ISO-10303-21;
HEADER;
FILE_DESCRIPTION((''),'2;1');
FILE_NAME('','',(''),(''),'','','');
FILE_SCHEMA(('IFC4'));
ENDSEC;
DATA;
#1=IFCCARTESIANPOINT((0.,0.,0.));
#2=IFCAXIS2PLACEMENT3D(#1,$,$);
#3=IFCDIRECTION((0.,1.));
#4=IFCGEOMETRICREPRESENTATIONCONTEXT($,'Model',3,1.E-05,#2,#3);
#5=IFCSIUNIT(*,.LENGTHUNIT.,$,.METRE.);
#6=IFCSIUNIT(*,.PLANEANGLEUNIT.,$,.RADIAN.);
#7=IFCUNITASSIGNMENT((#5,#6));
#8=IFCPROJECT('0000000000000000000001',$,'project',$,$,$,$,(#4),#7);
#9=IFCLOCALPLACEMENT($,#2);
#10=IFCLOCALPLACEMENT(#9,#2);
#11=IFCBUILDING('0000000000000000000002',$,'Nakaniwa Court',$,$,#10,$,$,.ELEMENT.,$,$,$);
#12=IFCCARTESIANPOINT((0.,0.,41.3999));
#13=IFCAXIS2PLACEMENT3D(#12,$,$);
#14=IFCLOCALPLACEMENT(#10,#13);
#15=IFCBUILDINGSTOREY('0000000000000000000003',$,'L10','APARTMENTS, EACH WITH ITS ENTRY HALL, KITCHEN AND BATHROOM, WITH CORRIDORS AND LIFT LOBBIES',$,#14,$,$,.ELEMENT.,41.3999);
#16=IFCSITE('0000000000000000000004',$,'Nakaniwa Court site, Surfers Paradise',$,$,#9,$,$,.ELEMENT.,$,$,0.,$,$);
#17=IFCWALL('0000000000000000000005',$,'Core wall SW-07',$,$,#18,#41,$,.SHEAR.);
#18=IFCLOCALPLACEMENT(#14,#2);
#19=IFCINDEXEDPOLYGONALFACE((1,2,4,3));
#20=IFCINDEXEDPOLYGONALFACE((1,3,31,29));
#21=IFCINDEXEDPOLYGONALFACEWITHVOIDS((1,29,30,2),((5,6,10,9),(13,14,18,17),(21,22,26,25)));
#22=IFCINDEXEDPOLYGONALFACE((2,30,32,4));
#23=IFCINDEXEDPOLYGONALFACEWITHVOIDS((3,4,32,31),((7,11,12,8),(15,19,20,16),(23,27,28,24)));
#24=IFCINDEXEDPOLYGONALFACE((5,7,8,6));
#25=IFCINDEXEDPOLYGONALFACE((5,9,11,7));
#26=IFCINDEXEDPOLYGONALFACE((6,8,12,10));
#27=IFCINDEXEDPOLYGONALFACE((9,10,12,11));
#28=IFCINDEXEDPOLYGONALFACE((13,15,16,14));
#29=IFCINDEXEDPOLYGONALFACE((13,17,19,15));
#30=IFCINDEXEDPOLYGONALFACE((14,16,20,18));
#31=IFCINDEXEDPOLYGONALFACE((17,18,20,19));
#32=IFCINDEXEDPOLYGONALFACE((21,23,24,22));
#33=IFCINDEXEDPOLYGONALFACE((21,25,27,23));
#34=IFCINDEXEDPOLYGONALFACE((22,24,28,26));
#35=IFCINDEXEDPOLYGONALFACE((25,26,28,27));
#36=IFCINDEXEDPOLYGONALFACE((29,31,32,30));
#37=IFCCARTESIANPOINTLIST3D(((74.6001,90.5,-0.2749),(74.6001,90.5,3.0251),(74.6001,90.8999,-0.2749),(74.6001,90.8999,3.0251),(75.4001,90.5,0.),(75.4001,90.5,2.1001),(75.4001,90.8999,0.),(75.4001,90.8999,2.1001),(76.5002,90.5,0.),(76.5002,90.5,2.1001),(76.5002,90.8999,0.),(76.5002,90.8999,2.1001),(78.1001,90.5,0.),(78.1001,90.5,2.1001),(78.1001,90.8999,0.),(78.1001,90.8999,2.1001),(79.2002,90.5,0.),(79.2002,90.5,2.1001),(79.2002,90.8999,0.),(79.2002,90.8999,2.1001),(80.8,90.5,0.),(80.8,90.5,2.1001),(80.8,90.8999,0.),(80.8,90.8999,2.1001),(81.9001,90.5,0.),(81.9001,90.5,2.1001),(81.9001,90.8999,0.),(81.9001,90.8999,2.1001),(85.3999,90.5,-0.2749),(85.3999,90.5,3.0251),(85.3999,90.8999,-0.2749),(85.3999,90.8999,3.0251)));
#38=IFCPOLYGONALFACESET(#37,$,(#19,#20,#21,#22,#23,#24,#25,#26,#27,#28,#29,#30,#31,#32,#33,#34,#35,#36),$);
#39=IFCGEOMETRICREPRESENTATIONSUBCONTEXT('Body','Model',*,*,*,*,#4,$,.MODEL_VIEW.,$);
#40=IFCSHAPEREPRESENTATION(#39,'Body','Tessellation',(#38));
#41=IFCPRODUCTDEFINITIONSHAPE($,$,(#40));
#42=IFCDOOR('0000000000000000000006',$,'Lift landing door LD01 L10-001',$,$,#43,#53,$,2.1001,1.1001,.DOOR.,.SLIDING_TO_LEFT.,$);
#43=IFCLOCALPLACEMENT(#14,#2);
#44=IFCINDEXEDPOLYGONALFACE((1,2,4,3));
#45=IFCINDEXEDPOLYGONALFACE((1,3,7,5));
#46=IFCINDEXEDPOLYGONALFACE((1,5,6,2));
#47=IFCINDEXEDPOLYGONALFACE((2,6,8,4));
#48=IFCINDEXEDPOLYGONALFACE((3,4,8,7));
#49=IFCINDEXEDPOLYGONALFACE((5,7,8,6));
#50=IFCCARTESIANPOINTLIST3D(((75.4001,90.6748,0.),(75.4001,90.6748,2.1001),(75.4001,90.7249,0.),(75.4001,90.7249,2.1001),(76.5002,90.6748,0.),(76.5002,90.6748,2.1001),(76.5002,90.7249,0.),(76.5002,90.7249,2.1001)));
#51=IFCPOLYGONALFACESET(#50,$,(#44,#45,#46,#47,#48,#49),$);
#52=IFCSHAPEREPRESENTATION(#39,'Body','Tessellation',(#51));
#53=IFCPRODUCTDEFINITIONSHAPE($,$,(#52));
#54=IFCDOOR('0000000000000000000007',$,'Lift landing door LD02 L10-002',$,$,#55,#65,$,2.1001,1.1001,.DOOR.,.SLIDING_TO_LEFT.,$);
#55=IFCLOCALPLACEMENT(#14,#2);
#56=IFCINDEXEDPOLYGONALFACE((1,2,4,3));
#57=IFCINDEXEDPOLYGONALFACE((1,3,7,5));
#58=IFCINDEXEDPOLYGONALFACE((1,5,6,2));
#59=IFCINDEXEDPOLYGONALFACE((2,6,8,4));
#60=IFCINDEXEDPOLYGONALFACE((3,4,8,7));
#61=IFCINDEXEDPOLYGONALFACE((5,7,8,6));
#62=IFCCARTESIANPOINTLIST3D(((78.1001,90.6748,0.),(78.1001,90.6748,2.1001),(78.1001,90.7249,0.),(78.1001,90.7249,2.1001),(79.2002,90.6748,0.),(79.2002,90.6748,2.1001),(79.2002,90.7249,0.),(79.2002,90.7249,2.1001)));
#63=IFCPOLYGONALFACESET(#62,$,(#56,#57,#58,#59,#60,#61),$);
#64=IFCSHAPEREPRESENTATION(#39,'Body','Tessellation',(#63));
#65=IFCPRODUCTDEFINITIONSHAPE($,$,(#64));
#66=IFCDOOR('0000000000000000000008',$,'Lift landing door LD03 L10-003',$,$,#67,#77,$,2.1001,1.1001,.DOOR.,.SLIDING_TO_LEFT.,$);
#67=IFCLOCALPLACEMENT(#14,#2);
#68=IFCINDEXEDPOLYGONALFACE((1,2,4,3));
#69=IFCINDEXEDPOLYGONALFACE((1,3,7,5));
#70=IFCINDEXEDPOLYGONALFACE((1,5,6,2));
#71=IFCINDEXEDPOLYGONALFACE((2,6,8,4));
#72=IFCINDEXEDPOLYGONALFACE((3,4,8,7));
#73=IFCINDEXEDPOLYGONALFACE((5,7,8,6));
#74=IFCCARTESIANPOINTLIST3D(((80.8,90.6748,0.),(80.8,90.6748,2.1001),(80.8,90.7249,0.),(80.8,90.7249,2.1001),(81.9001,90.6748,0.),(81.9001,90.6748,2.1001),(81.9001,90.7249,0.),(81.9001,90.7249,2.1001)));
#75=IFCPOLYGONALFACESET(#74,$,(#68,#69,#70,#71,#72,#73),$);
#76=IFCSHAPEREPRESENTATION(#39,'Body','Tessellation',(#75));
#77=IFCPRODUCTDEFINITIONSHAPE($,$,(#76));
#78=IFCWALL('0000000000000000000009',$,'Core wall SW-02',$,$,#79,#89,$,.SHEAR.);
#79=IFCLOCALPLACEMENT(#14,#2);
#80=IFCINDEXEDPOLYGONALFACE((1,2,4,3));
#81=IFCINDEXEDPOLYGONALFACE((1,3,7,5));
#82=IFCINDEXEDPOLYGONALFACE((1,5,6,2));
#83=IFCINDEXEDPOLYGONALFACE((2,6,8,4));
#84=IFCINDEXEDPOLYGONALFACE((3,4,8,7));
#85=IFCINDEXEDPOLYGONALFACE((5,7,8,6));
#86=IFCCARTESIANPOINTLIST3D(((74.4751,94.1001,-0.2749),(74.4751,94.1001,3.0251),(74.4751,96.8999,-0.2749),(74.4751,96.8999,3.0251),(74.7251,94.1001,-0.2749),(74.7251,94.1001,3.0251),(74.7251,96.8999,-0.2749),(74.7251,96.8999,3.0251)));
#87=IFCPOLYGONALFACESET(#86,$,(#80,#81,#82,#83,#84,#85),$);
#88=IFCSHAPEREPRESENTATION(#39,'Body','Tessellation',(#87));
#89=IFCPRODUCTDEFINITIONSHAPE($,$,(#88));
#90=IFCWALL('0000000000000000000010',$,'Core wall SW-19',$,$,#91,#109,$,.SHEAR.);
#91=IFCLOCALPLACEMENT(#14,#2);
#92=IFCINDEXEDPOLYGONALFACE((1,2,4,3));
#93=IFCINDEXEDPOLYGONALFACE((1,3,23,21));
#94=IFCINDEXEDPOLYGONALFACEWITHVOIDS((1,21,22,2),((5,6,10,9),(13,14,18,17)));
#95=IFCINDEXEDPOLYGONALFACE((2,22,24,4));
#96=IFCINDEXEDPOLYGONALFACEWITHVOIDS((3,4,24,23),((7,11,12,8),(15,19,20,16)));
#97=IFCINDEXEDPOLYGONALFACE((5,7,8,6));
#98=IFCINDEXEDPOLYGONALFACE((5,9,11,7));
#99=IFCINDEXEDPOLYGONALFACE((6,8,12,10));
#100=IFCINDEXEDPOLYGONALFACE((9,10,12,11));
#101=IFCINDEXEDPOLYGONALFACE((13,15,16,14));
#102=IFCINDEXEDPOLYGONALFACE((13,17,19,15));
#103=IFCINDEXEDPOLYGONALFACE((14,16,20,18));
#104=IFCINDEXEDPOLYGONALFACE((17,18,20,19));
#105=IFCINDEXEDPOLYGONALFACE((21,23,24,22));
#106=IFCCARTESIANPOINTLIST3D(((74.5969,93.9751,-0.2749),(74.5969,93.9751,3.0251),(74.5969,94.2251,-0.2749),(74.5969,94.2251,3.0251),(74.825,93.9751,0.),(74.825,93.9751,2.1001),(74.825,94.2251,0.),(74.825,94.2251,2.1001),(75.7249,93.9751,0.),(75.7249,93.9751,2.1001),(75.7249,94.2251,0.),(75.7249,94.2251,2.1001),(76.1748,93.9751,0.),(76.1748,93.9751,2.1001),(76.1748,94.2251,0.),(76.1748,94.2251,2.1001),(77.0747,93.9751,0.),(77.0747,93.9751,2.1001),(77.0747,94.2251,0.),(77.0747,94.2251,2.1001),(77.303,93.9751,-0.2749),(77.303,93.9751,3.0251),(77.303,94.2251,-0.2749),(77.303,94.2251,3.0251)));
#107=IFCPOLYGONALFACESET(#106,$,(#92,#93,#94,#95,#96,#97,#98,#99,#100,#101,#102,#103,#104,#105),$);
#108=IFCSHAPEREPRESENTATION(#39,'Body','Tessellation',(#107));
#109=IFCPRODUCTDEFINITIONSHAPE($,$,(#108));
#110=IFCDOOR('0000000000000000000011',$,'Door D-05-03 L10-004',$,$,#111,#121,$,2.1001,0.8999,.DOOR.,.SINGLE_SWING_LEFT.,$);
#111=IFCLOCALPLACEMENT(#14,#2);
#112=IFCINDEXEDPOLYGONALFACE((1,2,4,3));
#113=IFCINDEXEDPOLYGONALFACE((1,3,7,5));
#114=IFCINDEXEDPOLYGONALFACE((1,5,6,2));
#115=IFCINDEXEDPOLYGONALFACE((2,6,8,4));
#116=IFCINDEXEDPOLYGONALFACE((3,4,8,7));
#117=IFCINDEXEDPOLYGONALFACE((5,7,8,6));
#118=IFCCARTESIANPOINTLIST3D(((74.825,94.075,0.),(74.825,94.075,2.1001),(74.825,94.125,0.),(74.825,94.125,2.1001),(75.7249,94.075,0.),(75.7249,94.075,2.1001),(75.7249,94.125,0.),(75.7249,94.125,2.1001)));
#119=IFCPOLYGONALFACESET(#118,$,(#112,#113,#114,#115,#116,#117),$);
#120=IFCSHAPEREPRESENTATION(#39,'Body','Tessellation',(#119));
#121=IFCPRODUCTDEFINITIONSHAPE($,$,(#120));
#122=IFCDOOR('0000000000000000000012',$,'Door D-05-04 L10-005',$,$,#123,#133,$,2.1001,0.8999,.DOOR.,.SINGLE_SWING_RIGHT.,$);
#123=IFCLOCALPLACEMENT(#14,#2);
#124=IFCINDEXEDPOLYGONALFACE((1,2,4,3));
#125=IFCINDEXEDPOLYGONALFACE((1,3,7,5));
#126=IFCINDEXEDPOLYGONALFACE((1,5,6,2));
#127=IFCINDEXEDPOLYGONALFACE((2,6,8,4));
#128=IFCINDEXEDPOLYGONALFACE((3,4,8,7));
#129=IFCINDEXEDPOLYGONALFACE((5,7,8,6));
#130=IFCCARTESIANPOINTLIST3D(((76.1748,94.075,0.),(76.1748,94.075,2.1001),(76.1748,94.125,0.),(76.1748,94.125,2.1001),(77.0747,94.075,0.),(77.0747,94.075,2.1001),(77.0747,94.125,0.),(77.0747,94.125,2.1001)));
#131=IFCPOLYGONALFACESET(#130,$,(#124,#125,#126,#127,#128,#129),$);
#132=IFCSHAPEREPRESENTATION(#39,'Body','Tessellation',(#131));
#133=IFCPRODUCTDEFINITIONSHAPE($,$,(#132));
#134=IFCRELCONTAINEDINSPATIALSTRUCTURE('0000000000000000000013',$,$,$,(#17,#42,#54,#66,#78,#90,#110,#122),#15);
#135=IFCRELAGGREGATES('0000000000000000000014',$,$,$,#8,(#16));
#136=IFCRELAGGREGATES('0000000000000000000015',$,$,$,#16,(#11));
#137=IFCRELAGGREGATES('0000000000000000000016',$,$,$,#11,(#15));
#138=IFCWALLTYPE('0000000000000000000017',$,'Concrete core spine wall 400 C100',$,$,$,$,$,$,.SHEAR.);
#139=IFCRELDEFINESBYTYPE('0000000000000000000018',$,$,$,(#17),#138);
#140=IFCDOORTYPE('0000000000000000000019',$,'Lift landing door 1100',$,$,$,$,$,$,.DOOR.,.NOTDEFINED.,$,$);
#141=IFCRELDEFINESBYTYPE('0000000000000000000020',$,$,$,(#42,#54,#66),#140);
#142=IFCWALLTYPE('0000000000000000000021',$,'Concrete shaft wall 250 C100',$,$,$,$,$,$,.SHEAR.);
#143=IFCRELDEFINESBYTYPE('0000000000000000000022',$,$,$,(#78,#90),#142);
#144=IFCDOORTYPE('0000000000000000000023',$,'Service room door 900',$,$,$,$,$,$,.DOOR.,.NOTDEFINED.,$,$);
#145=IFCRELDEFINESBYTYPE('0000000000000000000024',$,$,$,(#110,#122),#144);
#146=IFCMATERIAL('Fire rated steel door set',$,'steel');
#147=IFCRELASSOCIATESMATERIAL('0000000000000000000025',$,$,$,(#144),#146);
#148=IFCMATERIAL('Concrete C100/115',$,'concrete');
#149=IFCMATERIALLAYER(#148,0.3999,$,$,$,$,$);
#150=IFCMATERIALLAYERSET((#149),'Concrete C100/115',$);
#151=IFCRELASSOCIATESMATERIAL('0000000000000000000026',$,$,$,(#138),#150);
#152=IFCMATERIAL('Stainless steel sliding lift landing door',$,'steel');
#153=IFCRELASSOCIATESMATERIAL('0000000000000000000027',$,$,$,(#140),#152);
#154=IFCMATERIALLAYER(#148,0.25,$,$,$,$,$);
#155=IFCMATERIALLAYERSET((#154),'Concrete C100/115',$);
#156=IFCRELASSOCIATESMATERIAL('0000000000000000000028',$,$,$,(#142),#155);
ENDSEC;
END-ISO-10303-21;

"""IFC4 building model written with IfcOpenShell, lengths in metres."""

from ifc_helpers import new_model, si_unit, direction, frame, frame_2d, origin, place, context, subcontext, project, spatial, rectangle, extrude, material, layer, layer_set, type_object, element, fill, save


model = new_model("IFC4")

# Units and contexts
model_context = context("Model", 3, precision=1e-05, world=origin(), true_north=direction((0.0, 1.0)))
body_context = subcontext(model_context, "Body", "Model", "MODEL_VIEW")
ifc_project = project(units=[si_unit("LENGTHUNIT", "METRE"), si_unit("PLANEANGLEUNIT", "RADIAN")], contexts=[model_context])

# Site, building, storey
site_placement = place(None, origin())
site = spatial("IfcSite", under=ifc_project, at=site_placement, Name="Nakaniwa Court site, Surfers Paradise", CompositionType="ELEMENT", RefElevation=0.0)
building_placement = place(site_placement, origin())
building = spatial("IfcBuilding", under=site, at=building_placement, Name="Nakaniwa Court", CompositionType="ELEMENT")
storey_placement = place(building_placement, frame((0.0, 0.0, 41.3999)))
storey = spatial("IfcBuildingStorey", under=building, at=storey_placement, Name="L10", Description="APARTMENTS, EACH WITH ITS ENTRY HALL, KITCHEN AND BATHROOM, WITH CORRIDORS AND LIFT LOBBIES", CompositionType="ELEMENT", Elevation=41.3999)

# Shared definitions
ifc_material_1 = material(Name="Concrete C100/115", Category="concrete")

# Shared definitions
ifc_material_2 = material(Name="Fire rated steel door set", Category="steel")
door_type_1 = type_object("IfcDoorType", Name="Service room door 900", OperationType="NOTDEFINED", PredefinedType="DOOR", material=ifc_material_2)

# Wall, openings, doors
ifc_layer_1 = layer(ifc_material_1, 0.3999)
ifc_layer_set_1 = layer_set([ifc_layer_1], Name="Concrete C100/115")
wall_type_1 = type_object("IfcWallType", Name="Concrete core spine wall 400 C100", PredefinedType="SHEAR", material=ifc_layer_set_1)
wall_1_placement = place(storey_placement, frame((74.6001, 90.7, -0.2749), z_axis=(0.0, 0.0, 1.0), x_axis=(1.0, 0.0, 0.0)))
wall_1 = element("IfcWall", 1, at=wall_1_placement, inside=storey, type_object=wall_type_1, Name="Core wall SW-07", PredefinedType="SHEAR", context=body_context, shape_type="SweptSolid", body=[
    extrude(rectangle(XDim=10.7998, YDim=0.3999, at=frame_2d((5.3999, 0.0))), origin(), (0.0, 0.0, 1.0), 3.3),
])
opening_1_placement = place(wall_1_placement, frame((0.8, 0.0, 0.2749)))
opening_1 = element("IfcOpeningElement", 2, at=opening_1_placement, cuts=wall_1, PredefinedType="OPENING", context=body_context, shape_type="SweptSolid", body=[
    extrude(rectangle(XDim=1.1001, YDim=2.1001, at=frame_2d((0.55, 1.05))), frame((0.0, 0.21, 0.0), z_axis=(0.0, -1.0, 0.0), x_axis=(1.0, 0.0, 0.0)), (0.0, 0.0, 1.0), 0.4199),
])
opening_2_placement = place(wall_1_placement, frame((3.5, 0.0, 0.2749)))
opening_2 = element("IfcOpeningElement", 3, at=opening_2_placement, cuts=wall_1, PredefinedType="OPENING", context=body_context, shape_type="SweptSolid", body=[
    extrude(rectangle(XDim=1.1001, YDim=2.1001, at=frame_2d((0.55, 1.05))), frame((0.0, 0.21, 0.0), z_axis=(0.0, -1.0, 0.0), x_axis=(1.0, 0.0, 0.0)), (0.0, 0.0, 1.0), 0.4199),
])
opening_3_placement = place(wall_1_placement, frame((6.2, 0.0, 0.2749)))
opening_3 = element("IfcOpeningElement", 4, at=opening_3_placement, cuts=wall_1, PredefinedType="OPENING", context=body_context, shape_type="SweptSolid", body=[
    extrude(rectangle(XDim=1.1001, YDim=2.1001, at=frame_2d((0.55, 1.05))), frame((0.0, 0.21, 0.0), z_axis=(0.0, -1.0, 0.0), x_axis=(1.0, 0.0, 0.0)), (0.0, 0.0, 1.0), 0.4199),
])
ifc_material_3 = material(Name="Stainless steel sliding lift landing door", Category="steel")
door_type_2 = type_object("IfcDoorType", Name="Lift landing door 1100", OperationType="NOTDEFINED", PredefinedType="DOOR", material=ifc_material_3)
door_1_placement = place(opening_1_placement, origin())
door_1 = element("IfcDoor", 5, at=door_1_placement, inside=storey, type_object=door_type_2, Name="Lift landing door LD01 L10-001", OperationType="SLIDING_TO_LEFT", OverallHeight=2.1001, OverallWidth=1.1001, PredefinedType="DOOR", context=body_context, shape_type="SweptSolid", body=[
    extrude(rectangle(XDim=1.1001, YDim=2.1001, at=frame_2d((0.55, 1.05))), frame((0.0, 0.0249, 0.0), z_axis=(0.0, -1.0, 0.0), x_axis=(1.0, 0.0, 0.0)), (0.0, 0.0, 1.0), 0.05),
])
fill(opening_1, door_1)
door_2_placement = place(opening_2_placement, origin())
door_2 = element("IfcDoor", 6, at=door_2_placement, inside=storey, type_object=door_type_2, Name="Lift landing door LD02 L10-002", OperationType="SLIDING_TO_LEFT", OverallHeight=2.1001, OverallWidth=1.1001, PredefinedType="DOOR", context=body_context, shape_type="SweptSolid", body=[
    extrude(rectangle(XDim=1.1001, YDim=2.1001, at=frame_2d((0.55, 1.05))), frame((0.0, 0.0249, 0.0), z_axis=(0.0, -1.0, 0.0), x_axis=(1.0, 0.0, 0.0)), (0.0, 0.0, 1.0), 0.05),
])
fill(opening_2, door_2)
door_3_placement = place(opening_3_placement, origin())
door_3 = element("IfcDoor", 7, at=door_3_placement, inside=storey, type_object=door_type_2, Name="Lift landing door LD03 L10-003", OperationType="SLIDING_TO_LEFT", OverallHeight=2.1001, OverallWidth=1.1001, PredefinedType="DOOR", context=body_context, shape_type="SweptSolid", body=[
    extrude(rectangle(XDim=1.1001, YDim=2.1001, at=frame_2d((0.55, 1.05))), frame((0.0, 0.0249, 0.0), z_axis=(0.0, -1.0, 0.0), x_axis=(1.0, 0.0, 0.0)), (0.0, 0.0, 1.0), 0.05),
])
fill(opening_3, door_3)

# Wall
ifc_layer_2 = layer(ifc_material_1, 0.25)
ifc_layer_set_2 = layer_set([ifc_layer_2], Name="Concrete C100/115")
wall_type_2 = type_object("IfcWallType", Name="Concrete shaft wall 250 C100", PredefinedType="SHEAR", material=ifc_layer_set_2)
wall_2_placement = place(storey_placement, frame((74.6001, 94.1001, -0.2749), z_axis=(0.0, 0.0, 1.0), x_axis=(0.0, 1.0, 0.0)))
element("IfcWall", 8, at=wall_2_placement, inside=storey, type_object=wall_type_2, Name="Core wall SW-02", PredefinedType="SHEAR", context=body_context, shape_type="SweptSolid", body=[
    extrude(rectangle(XDim=2.7998, YDim=0.25, at=frame_2d((1.3999, 0.0))), origin(), (0.0, 0.0, 1.0), 3.3),
])

# Wall, openings, doors
wall_3_placement = place(storey_placement, frame((74.5969, 94.1001, -0.2749), z_axis=(0.0, 0.0, 1.0), x_axis=(1.0, 0.0, 0.0)))
wall_3 = element("IfcWall", 9, at=wall_3_placement, inside=storey, type_object=wall_type_2, Name="Core wall SW-19", PredefinedType="SHEAR", context=body_context, shape_type="SweptSolid", body=[
    extrude(rectangle(XDim=2.7061, YDim=0.25, at=frame_2d((1.353, 0.0))), origin(), (0.0, 0.0, 1.0), 3.3),
])
opening_4_placement = place(wall_3_placement, frame((0.228, 0.0, 0.2749)))
opening_4 = element("IfcOpeningElement", 10, at=opening_4_placement, cuts=wall_3, PredefinedType="OPENING", context=body_context, shape_type="SweptSolid", body=[
    extrude(rectangle(XDim=0.8999, YDim=2.1001, at=frame_2d((0.45, 1.05))), frame((0.0, 0.135, 0.0), z_axis=(0.0, -1.0, 0.0), x_axis=(1.0, 0.0, 0.0)), (0.0, 0.0, 1.0), 0.27),
])
opening_5_placement = place(wall_3_placement, frame((1.5779, 0.0, 0.2749)))
opening_5 = element("IfcOpeningElement", 11, at=opening_5_placement, cuts=wall_3, PredefinedType="OPENING", context=body_context, shape_type="SweptSolid", body=[
    extrude(rectangle(XDim=0.8999, YDim=2.1001, at=frame_2d((0.45, 1.05))), frame((0.0, 0.135, 0.0), z_axis=(0.0, -1.0, 0.0), x_axis=(1.0, 0.0, 0.0)), (0.0, 0.0, 1.0), 0.27),
])
door_4_placement = place(opening_4_placement, origin())
door_4 = element("IfcDoor", 12, at=door_4_placement, inside=storey, type_object=door_type_1, Name="Door D-05-03 L10-004", OperationType="SINGLE_SWING_LEFT", OverallHeight=2.1001, OverallWidth=0.8999, PredefinedType="DOOR", context=body_context, shape_type="SweptSolid", body=[
    extrude(rectangle(XDim=0.8999, YDim=2.1001, at=frame_2d((0.45, 1.05))), frame((0.0, 0.0249, 0.0), z_axis=(0.0, -1.0, 0.0), x_axis=(1.0, 0.0, 0.0)), (0.0, 0.0, 1.0), 0.05),
])
fill(opening_4, door_4)
door_5_placement = place(opening_5_placement, origin())
door_5 = element("IfcDoor", 13, at=door_5_placement, inside=storey, type_object=door_type_1, Name="Door D-05-04 L10-005", OperationType="SINGLE_SWING_RIGHT", OverallHeight=2.1001, OverallWidth=0.8999, PredefinedType="DOOR", context=body_context, shape_type="SweptSolid", body=[
    extrude(rectangle(XDim=0.8999, YDim=2.1001, at=frame_2d((0.45, 1.05))), frame((0.0, 0.0249, 0.0), z_axis=(0.0, -1.0, 0.0), x_axis=(1.0, 0.0, 0.0)), (0.0, 0.0, 1.0), 0.05),
])
fill(opening_5, door_5)

save(model, "model.ifc")
